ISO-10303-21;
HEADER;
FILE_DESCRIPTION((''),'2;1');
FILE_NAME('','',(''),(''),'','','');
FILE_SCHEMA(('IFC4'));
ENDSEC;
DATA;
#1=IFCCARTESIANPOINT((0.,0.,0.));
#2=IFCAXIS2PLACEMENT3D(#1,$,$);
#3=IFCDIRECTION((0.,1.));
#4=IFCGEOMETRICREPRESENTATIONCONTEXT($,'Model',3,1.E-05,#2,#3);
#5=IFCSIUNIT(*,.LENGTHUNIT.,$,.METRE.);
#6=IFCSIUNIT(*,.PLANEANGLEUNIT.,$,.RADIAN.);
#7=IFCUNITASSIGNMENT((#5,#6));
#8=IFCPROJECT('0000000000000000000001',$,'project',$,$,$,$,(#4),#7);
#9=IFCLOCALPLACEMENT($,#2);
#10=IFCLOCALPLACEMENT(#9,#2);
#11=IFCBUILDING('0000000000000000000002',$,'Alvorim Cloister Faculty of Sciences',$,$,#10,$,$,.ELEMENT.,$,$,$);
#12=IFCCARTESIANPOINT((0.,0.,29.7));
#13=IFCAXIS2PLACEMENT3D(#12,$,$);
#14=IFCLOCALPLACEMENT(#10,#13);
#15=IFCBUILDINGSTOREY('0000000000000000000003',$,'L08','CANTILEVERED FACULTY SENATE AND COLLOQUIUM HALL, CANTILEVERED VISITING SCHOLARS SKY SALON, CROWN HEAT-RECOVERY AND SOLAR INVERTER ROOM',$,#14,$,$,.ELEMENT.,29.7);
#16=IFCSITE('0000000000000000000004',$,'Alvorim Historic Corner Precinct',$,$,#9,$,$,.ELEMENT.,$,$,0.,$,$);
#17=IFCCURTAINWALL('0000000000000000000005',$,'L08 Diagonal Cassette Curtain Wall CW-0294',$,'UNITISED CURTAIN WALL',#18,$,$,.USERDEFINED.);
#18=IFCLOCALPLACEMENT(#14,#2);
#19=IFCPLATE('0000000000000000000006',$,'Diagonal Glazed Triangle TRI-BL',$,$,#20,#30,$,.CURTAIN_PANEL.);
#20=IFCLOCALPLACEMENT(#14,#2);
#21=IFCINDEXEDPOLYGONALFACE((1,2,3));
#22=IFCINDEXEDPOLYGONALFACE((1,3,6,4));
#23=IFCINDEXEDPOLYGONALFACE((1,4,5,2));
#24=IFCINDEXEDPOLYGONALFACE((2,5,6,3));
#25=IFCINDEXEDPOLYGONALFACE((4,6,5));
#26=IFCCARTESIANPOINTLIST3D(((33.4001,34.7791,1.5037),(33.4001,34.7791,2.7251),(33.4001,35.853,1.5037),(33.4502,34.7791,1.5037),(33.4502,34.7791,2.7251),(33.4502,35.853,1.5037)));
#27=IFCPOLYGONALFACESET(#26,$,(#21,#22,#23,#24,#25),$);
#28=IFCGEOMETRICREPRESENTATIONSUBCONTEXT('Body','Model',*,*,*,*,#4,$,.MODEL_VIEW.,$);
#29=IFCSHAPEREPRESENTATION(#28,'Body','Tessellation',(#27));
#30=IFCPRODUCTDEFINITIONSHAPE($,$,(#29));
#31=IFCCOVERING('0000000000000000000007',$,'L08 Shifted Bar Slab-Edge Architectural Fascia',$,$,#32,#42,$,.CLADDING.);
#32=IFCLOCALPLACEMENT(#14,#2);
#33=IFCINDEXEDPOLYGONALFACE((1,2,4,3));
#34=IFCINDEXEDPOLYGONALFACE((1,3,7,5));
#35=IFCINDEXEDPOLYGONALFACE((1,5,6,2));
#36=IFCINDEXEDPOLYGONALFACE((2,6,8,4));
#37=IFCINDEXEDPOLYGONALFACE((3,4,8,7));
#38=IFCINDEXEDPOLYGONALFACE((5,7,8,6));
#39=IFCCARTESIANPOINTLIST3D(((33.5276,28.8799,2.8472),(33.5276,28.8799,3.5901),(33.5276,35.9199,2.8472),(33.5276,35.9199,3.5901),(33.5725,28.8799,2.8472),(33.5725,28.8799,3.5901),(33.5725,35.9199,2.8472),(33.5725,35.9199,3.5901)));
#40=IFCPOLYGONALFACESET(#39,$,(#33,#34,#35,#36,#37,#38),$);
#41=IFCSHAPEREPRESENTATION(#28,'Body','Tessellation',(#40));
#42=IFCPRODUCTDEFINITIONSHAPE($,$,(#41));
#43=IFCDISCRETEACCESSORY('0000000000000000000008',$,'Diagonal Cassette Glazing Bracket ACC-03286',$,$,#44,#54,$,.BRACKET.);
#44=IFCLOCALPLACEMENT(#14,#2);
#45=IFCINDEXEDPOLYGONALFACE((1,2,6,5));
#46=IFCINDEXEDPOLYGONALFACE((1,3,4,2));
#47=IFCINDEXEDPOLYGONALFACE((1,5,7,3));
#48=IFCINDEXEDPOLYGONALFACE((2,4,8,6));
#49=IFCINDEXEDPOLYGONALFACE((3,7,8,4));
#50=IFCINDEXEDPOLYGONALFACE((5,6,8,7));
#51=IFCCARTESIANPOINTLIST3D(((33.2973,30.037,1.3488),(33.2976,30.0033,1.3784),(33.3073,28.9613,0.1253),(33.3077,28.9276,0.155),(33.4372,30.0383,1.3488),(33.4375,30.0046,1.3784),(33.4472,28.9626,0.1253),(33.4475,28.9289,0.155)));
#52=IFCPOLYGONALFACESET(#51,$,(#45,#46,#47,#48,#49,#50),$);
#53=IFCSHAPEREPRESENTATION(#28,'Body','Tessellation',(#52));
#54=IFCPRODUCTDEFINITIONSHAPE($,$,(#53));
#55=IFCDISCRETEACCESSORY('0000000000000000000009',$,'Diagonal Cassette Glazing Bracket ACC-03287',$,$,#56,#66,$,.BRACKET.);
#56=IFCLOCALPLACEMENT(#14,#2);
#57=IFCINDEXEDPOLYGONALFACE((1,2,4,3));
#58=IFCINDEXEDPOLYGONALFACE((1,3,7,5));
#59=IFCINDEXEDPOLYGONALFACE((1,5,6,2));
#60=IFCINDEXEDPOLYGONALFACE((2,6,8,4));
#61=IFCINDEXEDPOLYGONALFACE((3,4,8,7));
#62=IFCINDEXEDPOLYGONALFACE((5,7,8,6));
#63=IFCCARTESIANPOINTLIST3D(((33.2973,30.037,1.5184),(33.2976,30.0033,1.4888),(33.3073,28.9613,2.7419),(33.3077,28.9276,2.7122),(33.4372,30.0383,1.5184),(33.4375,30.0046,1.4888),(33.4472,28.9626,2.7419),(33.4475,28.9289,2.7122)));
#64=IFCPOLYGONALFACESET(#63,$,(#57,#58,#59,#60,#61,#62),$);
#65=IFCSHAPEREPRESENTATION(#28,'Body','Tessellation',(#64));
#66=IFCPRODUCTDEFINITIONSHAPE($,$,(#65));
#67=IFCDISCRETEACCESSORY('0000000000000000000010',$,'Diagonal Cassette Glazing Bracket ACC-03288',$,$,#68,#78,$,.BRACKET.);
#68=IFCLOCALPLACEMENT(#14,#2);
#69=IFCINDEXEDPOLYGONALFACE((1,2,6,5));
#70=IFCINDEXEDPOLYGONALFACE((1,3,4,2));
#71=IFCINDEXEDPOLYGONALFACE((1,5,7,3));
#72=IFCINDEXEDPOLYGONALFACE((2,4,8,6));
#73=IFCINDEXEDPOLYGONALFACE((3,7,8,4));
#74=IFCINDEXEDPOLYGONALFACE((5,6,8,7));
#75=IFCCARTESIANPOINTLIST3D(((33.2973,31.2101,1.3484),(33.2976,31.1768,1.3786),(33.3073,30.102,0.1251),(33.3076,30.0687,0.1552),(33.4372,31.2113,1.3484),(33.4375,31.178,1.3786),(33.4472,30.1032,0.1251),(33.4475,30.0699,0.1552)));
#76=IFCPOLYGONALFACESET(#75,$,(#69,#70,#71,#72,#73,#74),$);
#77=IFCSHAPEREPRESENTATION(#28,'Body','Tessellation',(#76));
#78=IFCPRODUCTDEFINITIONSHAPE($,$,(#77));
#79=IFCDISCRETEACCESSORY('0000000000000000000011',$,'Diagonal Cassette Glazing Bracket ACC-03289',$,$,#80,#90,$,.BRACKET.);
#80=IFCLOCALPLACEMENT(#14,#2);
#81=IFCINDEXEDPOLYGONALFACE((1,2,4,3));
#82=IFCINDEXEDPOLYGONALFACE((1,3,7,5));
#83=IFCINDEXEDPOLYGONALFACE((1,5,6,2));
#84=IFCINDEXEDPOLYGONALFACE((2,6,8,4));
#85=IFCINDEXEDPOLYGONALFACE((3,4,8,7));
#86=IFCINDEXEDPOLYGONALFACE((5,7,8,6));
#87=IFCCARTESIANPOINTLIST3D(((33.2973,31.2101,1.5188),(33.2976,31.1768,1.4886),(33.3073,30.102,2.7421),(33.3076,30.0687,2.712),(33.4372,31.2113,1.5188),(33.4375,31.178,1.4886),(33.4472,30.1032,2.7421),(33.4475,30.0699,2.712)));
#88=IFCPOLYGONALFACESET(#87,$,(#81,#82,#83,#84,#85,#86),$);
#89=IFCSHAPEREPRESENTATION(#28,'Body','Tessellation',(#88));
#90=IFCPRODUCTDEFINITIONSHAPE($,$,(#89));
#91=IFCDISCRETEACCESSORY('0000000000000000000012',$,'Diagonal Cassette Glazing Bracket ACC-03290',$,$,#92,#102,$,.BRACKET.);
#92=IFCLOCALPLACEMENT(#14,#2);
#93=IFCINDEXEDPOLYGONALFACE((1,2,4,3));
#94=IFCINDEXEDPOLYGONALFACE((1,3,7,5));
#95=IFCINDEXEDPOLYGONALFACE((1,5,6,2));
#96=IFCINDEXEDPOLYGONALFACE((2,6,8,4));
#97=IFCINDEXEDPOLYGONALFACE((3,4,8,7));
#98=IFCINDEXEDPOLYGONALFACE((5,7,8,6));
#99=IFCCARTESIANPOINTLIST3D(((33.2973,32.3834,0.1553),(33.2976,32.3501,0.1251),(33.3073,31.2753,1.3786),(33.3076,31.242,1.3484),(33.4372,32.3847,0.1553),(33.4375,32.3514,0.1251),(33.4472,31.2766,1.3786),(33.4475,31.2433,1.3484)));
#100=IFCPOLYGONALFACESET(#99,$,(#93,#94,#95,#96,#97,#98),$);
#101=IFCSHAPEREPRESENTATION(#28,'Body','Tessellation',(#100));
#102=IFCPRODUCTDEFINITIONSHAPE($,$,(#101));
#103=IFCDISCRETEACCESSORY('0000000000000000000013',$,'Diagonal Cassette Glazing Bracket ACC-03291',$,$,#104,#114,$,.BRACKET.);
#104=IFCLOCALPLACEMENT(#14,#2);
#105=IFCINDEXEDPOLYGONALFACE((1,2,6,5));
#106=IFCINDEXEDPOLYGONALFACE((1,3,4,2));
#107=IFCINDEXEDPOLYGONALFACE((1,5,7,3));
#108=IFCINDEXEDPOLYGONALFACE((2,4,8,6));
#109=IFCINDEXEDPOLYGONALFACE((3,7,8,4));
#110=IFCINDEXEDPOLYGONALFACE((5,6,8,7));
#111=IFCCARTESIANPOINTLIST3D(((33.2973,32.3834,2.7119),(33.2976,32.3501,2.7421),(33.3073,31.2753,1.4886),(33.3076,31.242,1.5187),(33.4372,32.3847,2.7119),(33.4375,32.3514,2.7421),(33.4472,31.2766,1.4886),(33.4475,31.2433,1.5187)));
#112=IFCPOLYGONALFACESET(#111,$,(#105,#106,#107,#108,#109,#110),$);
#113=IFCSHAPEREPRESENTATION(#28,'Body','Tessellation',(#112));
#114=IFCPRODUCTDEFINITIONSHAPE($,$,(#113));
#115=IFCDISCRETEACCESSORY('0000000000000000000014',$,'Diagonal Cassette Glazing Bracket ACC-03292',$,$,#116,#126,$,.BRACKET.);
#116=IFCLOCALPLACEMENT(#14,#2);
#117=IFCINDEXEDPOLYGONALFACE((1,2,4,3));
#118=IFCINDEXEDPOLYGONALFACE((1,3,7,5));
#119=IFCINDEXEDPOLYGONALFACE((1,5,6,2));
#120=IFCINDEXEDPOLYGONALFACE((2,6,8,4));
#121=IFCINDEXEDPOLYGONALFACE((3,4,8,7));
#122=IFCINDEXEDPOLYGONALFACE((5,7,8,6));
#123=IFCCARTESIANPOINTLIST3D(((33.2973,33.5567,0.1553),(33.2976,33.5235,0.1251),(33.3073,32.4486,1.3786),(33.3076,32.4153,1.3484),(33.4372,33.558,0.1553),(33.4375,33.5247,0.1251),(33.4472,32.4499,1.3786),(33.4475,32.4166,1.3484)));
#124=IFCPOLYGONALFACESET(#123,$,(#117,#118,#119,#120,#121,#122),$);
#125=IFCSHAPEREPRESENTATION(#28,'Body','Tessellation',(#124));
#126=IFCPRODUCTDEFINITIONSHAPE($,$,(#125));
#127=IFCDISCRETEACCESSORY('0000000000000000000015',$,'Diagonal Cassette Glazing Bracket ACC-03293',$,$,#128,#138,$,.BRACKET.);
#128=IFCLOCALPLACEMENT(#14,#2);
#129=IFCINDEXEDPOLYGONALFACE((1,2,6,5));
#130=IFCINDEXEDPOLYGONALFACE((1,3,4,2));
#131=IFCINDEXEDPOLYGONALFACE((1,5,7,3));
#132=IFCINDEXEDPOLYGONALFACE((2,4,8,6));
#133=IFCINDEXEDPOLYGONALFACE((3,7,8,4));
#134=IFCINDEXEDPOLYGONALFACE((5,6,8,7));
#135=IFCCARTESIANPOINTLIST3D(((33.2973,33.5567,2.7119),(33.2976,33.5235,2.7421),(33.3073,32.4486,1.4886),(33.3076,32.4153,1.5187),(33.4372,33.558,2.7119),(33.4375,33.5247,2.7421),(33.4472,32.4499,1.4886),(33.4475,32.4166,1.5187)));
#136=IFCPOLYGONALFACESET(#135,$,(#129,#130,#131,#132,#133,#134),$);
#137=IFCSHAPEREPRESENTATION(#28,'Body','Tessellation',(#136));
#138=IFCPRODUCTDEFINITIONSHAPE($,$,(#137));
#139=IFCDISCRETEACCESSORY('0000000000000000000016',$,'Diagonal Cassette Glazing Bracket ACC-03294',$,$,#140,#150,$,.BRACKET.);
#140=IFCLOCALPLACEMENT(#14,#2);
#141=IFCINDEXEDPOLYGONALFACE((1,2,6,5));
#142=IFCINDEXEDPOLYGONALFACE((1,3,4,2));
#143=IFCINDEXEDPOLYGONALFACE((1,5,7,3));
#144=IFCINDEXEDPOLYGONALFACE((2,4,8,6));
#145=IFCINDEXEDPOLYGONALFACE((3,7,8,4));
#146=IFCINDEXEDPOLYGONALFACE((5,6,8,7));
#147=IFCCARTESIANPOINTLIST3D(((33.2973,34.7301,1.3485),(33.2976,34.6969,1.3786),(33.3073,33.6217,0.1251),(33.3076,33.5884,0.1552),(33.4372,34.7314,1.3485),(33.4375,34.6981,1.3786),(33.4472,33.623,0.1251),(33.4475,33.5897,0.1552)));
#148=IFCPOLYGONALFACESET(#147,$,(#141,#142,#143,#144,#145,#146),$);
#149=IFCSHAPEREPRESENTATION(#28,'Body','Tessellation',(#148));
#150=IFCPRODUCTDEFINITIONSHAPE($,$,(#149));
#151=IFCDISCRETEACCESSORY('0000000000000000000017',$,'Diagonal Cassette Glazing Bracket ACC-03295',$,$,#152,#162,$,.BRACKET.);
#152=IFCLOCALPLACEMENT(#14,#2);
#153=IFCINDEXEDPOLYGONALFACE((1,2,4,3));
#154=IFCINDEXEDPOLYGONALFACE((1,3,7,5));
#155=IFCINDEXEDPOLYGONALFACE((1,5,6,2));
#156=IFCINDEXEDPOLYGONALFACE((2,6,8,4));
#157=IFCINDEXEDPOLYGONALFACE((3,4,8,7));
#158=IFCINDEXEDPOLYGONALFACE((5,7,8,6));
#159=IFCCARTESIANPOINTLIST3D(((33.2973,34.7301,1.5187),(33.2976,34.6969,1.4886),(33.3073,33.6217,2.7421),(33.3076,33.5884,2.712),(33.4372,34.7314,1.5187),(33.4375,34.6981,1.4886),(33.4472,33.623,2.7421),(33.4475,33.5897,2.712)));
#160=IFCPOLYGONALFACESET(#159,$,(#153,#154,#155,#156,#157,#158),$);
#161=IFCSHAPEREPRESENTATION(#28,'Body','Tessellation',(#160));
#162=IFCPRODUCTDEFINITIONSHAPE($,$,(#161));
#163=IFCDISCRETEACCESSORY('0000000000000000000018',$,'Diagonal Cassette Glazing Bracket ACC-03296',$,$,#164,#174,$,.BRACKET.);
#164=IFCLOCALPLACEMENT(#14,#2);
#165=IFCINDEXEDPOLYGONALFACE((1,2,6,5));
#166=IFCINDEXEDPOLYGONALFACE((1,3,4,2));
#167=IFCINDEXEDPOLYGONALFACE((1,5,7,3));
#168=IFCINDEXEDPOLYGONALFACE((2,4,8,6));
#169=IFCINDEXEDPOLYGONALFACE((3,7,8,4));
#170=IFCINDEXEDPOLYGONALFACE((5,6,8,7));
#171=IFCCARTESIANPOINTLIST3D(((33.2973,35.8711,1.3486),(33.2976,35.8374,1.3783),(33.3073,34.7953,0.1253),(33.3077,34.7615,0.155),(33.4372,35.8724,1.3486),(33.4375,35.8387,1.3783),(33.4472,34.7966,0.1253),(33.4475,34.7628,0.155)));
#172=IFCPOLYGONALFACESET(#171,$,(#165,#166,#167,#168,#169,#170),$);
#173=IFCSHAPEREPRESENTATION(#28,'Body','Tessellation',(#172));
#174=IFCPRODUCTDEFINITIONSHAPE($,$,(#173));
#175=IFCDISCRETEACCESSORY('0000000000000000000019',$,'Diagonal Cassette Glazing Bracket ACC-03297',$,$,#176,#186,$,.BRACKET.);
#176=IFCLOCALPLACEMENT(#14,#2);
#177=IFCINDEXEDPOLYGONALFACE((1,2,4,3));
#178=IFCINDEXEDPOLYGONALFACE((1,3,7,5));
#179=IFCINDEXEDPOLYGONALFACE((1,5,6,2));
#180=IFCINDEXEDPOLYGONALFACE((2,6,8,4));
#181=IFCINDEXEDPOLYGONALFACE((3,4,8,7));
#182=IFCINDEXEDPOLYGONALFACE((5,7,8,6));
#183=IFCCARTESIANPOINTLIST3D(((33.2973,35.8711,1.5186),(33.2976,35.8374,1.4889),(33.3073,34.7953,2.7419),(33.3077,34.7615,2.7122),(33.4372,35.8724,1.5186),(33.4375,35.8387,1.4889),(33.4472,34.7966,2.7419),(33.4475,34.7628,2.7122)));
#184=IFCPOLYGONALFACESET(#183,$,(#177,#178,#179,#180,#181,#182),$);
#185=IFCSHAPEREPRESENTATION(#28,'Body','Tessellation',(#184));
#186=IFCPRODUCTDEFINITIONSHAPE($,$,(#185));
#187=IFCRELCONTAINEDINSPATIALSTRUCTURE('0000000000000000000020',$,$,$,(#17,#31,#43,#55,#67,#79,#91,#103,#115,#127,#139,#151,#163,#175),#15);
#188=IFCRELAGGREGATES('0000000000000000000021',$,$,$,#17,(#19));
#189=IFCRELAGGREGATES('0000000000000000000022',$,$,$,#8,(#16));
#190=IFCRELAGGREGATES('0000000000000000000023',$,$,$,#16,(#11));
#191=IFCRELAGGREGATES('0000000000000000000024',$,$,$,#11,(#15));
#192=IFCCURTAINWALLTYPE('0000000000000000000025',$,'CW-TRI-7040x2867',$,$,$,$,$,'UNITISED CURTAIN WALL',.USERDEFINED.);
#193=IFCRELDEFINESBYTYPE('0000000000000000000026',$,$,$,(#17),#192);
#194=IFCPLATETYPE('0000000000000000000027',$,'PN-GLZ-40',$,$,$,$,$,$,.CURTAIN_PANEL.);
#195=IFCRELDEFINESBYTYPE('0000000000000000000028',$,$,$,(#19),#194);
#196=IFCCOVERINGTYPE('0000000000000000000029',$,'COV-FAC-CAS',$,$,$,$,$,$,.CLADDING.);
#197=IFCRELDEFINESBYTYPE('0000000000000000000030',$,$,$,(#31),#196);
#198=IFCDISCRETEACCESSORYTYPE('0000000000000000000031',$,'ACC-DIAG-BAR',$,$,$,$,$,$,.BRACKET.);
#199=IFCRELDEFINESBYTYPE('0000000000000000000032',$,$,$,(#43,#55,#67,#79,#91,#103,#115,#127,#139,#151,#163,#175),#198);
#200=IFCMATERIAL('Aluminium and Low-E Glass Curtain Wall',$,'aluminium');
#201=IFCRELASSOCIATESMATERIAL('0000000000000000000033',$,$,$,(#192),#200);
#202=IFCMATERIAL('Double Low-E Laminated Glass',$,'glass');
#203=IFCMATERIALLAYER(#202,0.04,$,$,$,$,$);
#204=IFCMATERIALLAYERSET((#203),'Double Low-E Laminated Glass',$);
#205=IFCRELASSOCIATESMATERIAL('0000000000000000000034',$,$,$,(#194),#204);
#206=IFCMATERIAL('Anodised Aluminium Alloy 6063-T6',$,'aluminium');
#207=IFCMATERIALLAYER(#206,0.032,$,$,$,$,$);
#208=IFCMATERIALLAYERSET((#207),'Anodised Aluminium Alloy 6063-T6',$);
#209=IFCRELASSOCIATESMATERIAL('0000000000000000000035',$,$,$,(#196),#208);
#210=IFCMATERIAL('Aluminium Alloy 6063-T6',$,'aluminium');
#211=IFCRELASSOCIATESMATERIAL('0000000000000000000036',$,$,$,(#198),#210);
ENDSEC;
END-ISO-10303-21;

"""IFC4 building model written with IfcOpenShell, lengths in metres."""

from ifc_helpers import new_model, si_unit, direction, frame, origin, origin_2d, place, context, subcontext, project, spatial, polyline, rectangle, outline, extrude, material, layer, layer_set, type_object, element, aggregate, save


model = new_model("IFC4")

# Units and contexts
model_context = context("Model", 3, precision=1e-05, world=origin(), true_north=direction((0.0, 1.0)))
body_context = subcontext(model_context, "Body", "Model", "MODEL_VIEW")
ifc_project = project(units=[si_unit("LENGTHUNIT", "METRE"), si_unit("PLANEANGLEUNIT", "RADIAN")], contexts=[model_context])

# Site, building, storey
site_placement = place(None, origin())
site = spatial("IfcSite", under=ifc_project, at=site_placement, Name="Alvorim Historic Corner Precinct", CompositionType="ELEMENT", RefElevation=0.0)
building_placement = place(site_placement, origin())
building = spatial("IfcBuilding", under=site, at=building_placement, Name="Alvorim Cloister Faculty of Sciences", CompositionType="ELEMENT")
storey_placement = place(building_placement, frame((0.0, 0.0, 29.7)))
storey = spatial("IfcBuildingStorey", under=building, at=storey_placement, Name="L08", Description="CANTILEVERED FACULTY SENATE AND COLLOQUIUM HALL, CANTILEVERED VISITING SCHOLARS SKY SALON, CROWN HEAT-RECOVERY AND SOLAR INVERTER ROOM", CompositionType="ELEMENT", Elevation=29.7)

# Curtain wall, plate
ifc_material_1 = material(Name="Aluminium and Low-E Glass Curtain Wall", Category="aluminium")
curtain_wall_type = type_object("IfcCurtainWallType", Name="CW-TRI-7040x2867", ElementType="UNITISED CURTAIN WALL", PredefinedType="USERDEFINED", material=ifc_material_1)
curtain_wall_placement = place(storey_placement, origin())
curtain_wall = element("IfcCurtainWall", 1, at=curtain_wall_placement, inside=storey, type_object=curtain_wall_type, Name="L08 Diagonal Cassette Curtain Wall CW-0294", ObjectType="UNITISED CURTAIN WALL", PredefinedType="USERDEFINED")
ifc_material_2 = material(Name="Aluminium Alloy 6063-T6", Category="aluminium")
ifc_material_3 = material(Name="Double Low-E Laminated Glass", Category="glass")
ifc_layer_1 = layer(ifc_material_3, 0.04)
ifc_layer_set_1 = layer_set([ifc_layer_1], Name="Double Low-E Laminated Glass")
plate_type = type_object("IfcPlateType", Name="PN-GLZ-40", PredefinedType="CURTAIN_PANEL", material=ifc_layer_set_1)
plate_1_placement = place(storey_placement, frame((33.425, 34.7791, 1.5037), z_axis=(0.0, 0.0, 1.0), x_axis=(0.0, 1.0, 0.0)))
plate_1 = element("IfcPlate", 2, at=plate_1_placement, type_object=plate_type, Name="Diagonal Glazed Triangle TRI-BL", PredefinedType="CURTAIN_PANEL", context=body_context, shape_type="SweptSolid", body=[
    extrude(outline(polyline([(0.0, 0.0), (1.074, 0.0), (0.0, 1.2214), (0.0, 0.0)])), frame((0.0, 0.0249, 0.0), z_axis=(0.0, -1.0, 0.0), x_axis=(1.0, 0.0, 0.0)), (0.0, 0.0, 1.0), 0.05),
])
aggregate(curtain_wall, [plate_1])

# Covering
ifc_material_4 = material(Name="Anodised Aluminium Alloy 6063-T6", Category="aluminium")
ifc_layer_2 = layer(ifc_material_4, 0.032)
ifc_layer_set_2 = layer_set([ifc_layer_2], Name="Anodised Aluminium Alloy 6063-T6")
covering_type = type_object("IfcCoveringType", Name="COV-FAC-CAS", PredefinedType="CLADDING", material=ifc_layer_set_2)
covering_placement = place(storey_placement, frame((33.55, 28.8799, 2.8472), z_axis=(0.0, 0.0, 1.0), x_axis=(0.0, 1.0, 0.0)))
element("IfcCovering", 3, at=covering_placement, inside=storey, type_object=covering_type, Name="L08 Shifted Bar Slab-Edge Architectural Fascia", PredefinedType="CLADDING", context=body_context, shape_type="SweptSolid", body=[
    extrude(outline(polyline([(0.0, 0.0), (7.04, 0.0), (7.04, 0.7429), (0.0, 0.7429), (0.0, 0.0)])), frame((0.0, 0.0225, 0.0), z_axis=(0.0, -1.0, 0.0), x_axis=(1.0, 0.0, 0.0)), (0.0, 0.0, 1.0), 0.0449),
])

# Discrete accessories
discrete_accessory_type = type_object("IfcDiscreteAccessoryType", Name="ACC-DIAG-BAR", PredefinedType="BRACKET", material=ifc_material_2)
for number, where, z_axis, x_axis, name in (
    (4, (33.3774, 28.9451, 0.1401), (-0.006144, 0.660305, 0.750973), (-0.999957, -0.009305, 0.0), "Diagonal Cassette Glazing Bracket ACC-03286"),
    (5, (33.3774, 28.9451, 2.7271), (-0.006144, 0.660305, -0.750973), (-0.999957, -0.009305, 0.0), "Diagonal Cassette Glazing Bracket ACC-03287"),
):
    element("IfcDiscreteAccessory", number, at=place(storey_placement, frame(where, z_axis=z_axis, x_axis=x_axis)), inside=storey, type_object=discrete_accessory_type, Name=name, PredefinedType="BRACKET", context=body_context, shape_type="SweptSolid", body=[
        extrude(rectangle(XDim=0.1399, YDim=0.0449, at=origin_2d()), origin(), (0.0, 0.0, 1.0), 1.6292),
    ])
for number, where, z_axis, x_axis, name in (
    (6, (33.3774, 30.0859, 0.1401), (-0.006064, 0.671327, 0.741137), (-0.999959, -0.009032, 0.0), "Diagonal Cassette Glazing Bracket ACC-03288"),
    (7, (33.3774, 30.0859, 2.7271), (-0.006064, 0.671327, -0.741137), (-0.999959, -0.009032, 0.0), "Diagonal Cassette Glazing Bracket ACC-03289"),
    (8, (33.3774, 31.2593, 1.3635), (-0.006064, 0.671327, -0.741137), (-0.999959, -0.009032, 0.0), "Diagonal Cassette Glazing Bracket ACC-03290"),
    (9, (33.3774, 31.2593, 1.5037), (-0.006064, 0.671327, 0.741137), (-0.999959, -0.009032, 0.0), "Diagonal Cassette Glazing Bracket ACC-03291"),
    (10, (33.3774, 32.4326, 1.3635), (-0.006064, 0.671327, -0.741137), (-0.999959, -0.009032, 0.0), "Diagonal Cassette Glazing Bracket ACC-03292"),
    (11, (33.3774, 32.4326, 1.5037), (-0.006064, 0.671327, 0.741137), (-0.999959, -0.009032, 0.0), "Diagonal Cassette Glazing Bracket ACC-03293"),
):
    element("IfcDiscreteAccessory", number, at=place(storey_placement, frame(where, z_axis=z_axis, x_axis=x_axis)), inside=storey, type_object=discrete_accessory_type, Name=name, PredefinedType="BRACKET", context=body_context, shape_type="SweptSolid", body=[
        extrude(rectangle(XDim=0.1399, YDim=0.0449, at=origin_2d()), origin(), (0.0, 0.0, 1.0), 1.6506),
    ])
for number, where, z_axis, x_axis, name in (
    (12, (33.3774, 33.6057, 0.1401), (-0.006063, 0.671408, 0.741063), (-0.999959, -0.00903, 0.0), "Diagonal Cassette Glazing Bracket ACC-03294"),
    (13, (33.3774, 33.6057, 2.7271), (-0.006063, 0.671408, -0.741063), (-0.999959, -0.00903, 0.0), "Diagonal Cassette Glazing Bracket ACC-03295"),
):
    element("IfcDiscreteAccessory", number, at=place(storey_placement, frame(where, z_axis=z_axis, x_axis=x_axis)), inside=storey, type_object=discrete_accessory_type, Name=name, PredefinedType="BRACKET", context=body_context, shape_type="SweptSolid", body=[
        extrude(rectangle(XDim=0.1399, YDim=0.0449, at=origin_2d()), origin(), (0.0, 0.0, 1.0), 1.6509),
    ])
for number, where, z_axis, x_axis, name in (
    (14, (33.3774, 34.7791, 0.1401), (-0.006144, 0.660389, 0.750898), (-0.999957, -0.009303, 0.0), "Diagonal Cassette Glazing Bracket ACC-03296"),
    (15, (33.3774, 34.7791, 2.7271), (-0.006144, 0.660389, -0.750898), (-0.999957, -0.009303, 0.0), "Diagonal Cassette Glazing Bracket ACC-03297"),
):
    element("IfcDiscreteAccessory", number, at=place(storey_placement, frame(where, z_axis=z_axis, x_axis=x_axis)), inside=storey, type_object=discrete_accessory_type, Name=name, PredefinedType="BRACKET", context=body_context, shape_type="SweptSolid", body=[
        extrude(rectangle(XDim=0.1399, YDim=0.0449, at=origin_2d()), origin(), (0.0, 0.0, 1.0), 1.6292),
    ])

save(model, "model.ifc")
